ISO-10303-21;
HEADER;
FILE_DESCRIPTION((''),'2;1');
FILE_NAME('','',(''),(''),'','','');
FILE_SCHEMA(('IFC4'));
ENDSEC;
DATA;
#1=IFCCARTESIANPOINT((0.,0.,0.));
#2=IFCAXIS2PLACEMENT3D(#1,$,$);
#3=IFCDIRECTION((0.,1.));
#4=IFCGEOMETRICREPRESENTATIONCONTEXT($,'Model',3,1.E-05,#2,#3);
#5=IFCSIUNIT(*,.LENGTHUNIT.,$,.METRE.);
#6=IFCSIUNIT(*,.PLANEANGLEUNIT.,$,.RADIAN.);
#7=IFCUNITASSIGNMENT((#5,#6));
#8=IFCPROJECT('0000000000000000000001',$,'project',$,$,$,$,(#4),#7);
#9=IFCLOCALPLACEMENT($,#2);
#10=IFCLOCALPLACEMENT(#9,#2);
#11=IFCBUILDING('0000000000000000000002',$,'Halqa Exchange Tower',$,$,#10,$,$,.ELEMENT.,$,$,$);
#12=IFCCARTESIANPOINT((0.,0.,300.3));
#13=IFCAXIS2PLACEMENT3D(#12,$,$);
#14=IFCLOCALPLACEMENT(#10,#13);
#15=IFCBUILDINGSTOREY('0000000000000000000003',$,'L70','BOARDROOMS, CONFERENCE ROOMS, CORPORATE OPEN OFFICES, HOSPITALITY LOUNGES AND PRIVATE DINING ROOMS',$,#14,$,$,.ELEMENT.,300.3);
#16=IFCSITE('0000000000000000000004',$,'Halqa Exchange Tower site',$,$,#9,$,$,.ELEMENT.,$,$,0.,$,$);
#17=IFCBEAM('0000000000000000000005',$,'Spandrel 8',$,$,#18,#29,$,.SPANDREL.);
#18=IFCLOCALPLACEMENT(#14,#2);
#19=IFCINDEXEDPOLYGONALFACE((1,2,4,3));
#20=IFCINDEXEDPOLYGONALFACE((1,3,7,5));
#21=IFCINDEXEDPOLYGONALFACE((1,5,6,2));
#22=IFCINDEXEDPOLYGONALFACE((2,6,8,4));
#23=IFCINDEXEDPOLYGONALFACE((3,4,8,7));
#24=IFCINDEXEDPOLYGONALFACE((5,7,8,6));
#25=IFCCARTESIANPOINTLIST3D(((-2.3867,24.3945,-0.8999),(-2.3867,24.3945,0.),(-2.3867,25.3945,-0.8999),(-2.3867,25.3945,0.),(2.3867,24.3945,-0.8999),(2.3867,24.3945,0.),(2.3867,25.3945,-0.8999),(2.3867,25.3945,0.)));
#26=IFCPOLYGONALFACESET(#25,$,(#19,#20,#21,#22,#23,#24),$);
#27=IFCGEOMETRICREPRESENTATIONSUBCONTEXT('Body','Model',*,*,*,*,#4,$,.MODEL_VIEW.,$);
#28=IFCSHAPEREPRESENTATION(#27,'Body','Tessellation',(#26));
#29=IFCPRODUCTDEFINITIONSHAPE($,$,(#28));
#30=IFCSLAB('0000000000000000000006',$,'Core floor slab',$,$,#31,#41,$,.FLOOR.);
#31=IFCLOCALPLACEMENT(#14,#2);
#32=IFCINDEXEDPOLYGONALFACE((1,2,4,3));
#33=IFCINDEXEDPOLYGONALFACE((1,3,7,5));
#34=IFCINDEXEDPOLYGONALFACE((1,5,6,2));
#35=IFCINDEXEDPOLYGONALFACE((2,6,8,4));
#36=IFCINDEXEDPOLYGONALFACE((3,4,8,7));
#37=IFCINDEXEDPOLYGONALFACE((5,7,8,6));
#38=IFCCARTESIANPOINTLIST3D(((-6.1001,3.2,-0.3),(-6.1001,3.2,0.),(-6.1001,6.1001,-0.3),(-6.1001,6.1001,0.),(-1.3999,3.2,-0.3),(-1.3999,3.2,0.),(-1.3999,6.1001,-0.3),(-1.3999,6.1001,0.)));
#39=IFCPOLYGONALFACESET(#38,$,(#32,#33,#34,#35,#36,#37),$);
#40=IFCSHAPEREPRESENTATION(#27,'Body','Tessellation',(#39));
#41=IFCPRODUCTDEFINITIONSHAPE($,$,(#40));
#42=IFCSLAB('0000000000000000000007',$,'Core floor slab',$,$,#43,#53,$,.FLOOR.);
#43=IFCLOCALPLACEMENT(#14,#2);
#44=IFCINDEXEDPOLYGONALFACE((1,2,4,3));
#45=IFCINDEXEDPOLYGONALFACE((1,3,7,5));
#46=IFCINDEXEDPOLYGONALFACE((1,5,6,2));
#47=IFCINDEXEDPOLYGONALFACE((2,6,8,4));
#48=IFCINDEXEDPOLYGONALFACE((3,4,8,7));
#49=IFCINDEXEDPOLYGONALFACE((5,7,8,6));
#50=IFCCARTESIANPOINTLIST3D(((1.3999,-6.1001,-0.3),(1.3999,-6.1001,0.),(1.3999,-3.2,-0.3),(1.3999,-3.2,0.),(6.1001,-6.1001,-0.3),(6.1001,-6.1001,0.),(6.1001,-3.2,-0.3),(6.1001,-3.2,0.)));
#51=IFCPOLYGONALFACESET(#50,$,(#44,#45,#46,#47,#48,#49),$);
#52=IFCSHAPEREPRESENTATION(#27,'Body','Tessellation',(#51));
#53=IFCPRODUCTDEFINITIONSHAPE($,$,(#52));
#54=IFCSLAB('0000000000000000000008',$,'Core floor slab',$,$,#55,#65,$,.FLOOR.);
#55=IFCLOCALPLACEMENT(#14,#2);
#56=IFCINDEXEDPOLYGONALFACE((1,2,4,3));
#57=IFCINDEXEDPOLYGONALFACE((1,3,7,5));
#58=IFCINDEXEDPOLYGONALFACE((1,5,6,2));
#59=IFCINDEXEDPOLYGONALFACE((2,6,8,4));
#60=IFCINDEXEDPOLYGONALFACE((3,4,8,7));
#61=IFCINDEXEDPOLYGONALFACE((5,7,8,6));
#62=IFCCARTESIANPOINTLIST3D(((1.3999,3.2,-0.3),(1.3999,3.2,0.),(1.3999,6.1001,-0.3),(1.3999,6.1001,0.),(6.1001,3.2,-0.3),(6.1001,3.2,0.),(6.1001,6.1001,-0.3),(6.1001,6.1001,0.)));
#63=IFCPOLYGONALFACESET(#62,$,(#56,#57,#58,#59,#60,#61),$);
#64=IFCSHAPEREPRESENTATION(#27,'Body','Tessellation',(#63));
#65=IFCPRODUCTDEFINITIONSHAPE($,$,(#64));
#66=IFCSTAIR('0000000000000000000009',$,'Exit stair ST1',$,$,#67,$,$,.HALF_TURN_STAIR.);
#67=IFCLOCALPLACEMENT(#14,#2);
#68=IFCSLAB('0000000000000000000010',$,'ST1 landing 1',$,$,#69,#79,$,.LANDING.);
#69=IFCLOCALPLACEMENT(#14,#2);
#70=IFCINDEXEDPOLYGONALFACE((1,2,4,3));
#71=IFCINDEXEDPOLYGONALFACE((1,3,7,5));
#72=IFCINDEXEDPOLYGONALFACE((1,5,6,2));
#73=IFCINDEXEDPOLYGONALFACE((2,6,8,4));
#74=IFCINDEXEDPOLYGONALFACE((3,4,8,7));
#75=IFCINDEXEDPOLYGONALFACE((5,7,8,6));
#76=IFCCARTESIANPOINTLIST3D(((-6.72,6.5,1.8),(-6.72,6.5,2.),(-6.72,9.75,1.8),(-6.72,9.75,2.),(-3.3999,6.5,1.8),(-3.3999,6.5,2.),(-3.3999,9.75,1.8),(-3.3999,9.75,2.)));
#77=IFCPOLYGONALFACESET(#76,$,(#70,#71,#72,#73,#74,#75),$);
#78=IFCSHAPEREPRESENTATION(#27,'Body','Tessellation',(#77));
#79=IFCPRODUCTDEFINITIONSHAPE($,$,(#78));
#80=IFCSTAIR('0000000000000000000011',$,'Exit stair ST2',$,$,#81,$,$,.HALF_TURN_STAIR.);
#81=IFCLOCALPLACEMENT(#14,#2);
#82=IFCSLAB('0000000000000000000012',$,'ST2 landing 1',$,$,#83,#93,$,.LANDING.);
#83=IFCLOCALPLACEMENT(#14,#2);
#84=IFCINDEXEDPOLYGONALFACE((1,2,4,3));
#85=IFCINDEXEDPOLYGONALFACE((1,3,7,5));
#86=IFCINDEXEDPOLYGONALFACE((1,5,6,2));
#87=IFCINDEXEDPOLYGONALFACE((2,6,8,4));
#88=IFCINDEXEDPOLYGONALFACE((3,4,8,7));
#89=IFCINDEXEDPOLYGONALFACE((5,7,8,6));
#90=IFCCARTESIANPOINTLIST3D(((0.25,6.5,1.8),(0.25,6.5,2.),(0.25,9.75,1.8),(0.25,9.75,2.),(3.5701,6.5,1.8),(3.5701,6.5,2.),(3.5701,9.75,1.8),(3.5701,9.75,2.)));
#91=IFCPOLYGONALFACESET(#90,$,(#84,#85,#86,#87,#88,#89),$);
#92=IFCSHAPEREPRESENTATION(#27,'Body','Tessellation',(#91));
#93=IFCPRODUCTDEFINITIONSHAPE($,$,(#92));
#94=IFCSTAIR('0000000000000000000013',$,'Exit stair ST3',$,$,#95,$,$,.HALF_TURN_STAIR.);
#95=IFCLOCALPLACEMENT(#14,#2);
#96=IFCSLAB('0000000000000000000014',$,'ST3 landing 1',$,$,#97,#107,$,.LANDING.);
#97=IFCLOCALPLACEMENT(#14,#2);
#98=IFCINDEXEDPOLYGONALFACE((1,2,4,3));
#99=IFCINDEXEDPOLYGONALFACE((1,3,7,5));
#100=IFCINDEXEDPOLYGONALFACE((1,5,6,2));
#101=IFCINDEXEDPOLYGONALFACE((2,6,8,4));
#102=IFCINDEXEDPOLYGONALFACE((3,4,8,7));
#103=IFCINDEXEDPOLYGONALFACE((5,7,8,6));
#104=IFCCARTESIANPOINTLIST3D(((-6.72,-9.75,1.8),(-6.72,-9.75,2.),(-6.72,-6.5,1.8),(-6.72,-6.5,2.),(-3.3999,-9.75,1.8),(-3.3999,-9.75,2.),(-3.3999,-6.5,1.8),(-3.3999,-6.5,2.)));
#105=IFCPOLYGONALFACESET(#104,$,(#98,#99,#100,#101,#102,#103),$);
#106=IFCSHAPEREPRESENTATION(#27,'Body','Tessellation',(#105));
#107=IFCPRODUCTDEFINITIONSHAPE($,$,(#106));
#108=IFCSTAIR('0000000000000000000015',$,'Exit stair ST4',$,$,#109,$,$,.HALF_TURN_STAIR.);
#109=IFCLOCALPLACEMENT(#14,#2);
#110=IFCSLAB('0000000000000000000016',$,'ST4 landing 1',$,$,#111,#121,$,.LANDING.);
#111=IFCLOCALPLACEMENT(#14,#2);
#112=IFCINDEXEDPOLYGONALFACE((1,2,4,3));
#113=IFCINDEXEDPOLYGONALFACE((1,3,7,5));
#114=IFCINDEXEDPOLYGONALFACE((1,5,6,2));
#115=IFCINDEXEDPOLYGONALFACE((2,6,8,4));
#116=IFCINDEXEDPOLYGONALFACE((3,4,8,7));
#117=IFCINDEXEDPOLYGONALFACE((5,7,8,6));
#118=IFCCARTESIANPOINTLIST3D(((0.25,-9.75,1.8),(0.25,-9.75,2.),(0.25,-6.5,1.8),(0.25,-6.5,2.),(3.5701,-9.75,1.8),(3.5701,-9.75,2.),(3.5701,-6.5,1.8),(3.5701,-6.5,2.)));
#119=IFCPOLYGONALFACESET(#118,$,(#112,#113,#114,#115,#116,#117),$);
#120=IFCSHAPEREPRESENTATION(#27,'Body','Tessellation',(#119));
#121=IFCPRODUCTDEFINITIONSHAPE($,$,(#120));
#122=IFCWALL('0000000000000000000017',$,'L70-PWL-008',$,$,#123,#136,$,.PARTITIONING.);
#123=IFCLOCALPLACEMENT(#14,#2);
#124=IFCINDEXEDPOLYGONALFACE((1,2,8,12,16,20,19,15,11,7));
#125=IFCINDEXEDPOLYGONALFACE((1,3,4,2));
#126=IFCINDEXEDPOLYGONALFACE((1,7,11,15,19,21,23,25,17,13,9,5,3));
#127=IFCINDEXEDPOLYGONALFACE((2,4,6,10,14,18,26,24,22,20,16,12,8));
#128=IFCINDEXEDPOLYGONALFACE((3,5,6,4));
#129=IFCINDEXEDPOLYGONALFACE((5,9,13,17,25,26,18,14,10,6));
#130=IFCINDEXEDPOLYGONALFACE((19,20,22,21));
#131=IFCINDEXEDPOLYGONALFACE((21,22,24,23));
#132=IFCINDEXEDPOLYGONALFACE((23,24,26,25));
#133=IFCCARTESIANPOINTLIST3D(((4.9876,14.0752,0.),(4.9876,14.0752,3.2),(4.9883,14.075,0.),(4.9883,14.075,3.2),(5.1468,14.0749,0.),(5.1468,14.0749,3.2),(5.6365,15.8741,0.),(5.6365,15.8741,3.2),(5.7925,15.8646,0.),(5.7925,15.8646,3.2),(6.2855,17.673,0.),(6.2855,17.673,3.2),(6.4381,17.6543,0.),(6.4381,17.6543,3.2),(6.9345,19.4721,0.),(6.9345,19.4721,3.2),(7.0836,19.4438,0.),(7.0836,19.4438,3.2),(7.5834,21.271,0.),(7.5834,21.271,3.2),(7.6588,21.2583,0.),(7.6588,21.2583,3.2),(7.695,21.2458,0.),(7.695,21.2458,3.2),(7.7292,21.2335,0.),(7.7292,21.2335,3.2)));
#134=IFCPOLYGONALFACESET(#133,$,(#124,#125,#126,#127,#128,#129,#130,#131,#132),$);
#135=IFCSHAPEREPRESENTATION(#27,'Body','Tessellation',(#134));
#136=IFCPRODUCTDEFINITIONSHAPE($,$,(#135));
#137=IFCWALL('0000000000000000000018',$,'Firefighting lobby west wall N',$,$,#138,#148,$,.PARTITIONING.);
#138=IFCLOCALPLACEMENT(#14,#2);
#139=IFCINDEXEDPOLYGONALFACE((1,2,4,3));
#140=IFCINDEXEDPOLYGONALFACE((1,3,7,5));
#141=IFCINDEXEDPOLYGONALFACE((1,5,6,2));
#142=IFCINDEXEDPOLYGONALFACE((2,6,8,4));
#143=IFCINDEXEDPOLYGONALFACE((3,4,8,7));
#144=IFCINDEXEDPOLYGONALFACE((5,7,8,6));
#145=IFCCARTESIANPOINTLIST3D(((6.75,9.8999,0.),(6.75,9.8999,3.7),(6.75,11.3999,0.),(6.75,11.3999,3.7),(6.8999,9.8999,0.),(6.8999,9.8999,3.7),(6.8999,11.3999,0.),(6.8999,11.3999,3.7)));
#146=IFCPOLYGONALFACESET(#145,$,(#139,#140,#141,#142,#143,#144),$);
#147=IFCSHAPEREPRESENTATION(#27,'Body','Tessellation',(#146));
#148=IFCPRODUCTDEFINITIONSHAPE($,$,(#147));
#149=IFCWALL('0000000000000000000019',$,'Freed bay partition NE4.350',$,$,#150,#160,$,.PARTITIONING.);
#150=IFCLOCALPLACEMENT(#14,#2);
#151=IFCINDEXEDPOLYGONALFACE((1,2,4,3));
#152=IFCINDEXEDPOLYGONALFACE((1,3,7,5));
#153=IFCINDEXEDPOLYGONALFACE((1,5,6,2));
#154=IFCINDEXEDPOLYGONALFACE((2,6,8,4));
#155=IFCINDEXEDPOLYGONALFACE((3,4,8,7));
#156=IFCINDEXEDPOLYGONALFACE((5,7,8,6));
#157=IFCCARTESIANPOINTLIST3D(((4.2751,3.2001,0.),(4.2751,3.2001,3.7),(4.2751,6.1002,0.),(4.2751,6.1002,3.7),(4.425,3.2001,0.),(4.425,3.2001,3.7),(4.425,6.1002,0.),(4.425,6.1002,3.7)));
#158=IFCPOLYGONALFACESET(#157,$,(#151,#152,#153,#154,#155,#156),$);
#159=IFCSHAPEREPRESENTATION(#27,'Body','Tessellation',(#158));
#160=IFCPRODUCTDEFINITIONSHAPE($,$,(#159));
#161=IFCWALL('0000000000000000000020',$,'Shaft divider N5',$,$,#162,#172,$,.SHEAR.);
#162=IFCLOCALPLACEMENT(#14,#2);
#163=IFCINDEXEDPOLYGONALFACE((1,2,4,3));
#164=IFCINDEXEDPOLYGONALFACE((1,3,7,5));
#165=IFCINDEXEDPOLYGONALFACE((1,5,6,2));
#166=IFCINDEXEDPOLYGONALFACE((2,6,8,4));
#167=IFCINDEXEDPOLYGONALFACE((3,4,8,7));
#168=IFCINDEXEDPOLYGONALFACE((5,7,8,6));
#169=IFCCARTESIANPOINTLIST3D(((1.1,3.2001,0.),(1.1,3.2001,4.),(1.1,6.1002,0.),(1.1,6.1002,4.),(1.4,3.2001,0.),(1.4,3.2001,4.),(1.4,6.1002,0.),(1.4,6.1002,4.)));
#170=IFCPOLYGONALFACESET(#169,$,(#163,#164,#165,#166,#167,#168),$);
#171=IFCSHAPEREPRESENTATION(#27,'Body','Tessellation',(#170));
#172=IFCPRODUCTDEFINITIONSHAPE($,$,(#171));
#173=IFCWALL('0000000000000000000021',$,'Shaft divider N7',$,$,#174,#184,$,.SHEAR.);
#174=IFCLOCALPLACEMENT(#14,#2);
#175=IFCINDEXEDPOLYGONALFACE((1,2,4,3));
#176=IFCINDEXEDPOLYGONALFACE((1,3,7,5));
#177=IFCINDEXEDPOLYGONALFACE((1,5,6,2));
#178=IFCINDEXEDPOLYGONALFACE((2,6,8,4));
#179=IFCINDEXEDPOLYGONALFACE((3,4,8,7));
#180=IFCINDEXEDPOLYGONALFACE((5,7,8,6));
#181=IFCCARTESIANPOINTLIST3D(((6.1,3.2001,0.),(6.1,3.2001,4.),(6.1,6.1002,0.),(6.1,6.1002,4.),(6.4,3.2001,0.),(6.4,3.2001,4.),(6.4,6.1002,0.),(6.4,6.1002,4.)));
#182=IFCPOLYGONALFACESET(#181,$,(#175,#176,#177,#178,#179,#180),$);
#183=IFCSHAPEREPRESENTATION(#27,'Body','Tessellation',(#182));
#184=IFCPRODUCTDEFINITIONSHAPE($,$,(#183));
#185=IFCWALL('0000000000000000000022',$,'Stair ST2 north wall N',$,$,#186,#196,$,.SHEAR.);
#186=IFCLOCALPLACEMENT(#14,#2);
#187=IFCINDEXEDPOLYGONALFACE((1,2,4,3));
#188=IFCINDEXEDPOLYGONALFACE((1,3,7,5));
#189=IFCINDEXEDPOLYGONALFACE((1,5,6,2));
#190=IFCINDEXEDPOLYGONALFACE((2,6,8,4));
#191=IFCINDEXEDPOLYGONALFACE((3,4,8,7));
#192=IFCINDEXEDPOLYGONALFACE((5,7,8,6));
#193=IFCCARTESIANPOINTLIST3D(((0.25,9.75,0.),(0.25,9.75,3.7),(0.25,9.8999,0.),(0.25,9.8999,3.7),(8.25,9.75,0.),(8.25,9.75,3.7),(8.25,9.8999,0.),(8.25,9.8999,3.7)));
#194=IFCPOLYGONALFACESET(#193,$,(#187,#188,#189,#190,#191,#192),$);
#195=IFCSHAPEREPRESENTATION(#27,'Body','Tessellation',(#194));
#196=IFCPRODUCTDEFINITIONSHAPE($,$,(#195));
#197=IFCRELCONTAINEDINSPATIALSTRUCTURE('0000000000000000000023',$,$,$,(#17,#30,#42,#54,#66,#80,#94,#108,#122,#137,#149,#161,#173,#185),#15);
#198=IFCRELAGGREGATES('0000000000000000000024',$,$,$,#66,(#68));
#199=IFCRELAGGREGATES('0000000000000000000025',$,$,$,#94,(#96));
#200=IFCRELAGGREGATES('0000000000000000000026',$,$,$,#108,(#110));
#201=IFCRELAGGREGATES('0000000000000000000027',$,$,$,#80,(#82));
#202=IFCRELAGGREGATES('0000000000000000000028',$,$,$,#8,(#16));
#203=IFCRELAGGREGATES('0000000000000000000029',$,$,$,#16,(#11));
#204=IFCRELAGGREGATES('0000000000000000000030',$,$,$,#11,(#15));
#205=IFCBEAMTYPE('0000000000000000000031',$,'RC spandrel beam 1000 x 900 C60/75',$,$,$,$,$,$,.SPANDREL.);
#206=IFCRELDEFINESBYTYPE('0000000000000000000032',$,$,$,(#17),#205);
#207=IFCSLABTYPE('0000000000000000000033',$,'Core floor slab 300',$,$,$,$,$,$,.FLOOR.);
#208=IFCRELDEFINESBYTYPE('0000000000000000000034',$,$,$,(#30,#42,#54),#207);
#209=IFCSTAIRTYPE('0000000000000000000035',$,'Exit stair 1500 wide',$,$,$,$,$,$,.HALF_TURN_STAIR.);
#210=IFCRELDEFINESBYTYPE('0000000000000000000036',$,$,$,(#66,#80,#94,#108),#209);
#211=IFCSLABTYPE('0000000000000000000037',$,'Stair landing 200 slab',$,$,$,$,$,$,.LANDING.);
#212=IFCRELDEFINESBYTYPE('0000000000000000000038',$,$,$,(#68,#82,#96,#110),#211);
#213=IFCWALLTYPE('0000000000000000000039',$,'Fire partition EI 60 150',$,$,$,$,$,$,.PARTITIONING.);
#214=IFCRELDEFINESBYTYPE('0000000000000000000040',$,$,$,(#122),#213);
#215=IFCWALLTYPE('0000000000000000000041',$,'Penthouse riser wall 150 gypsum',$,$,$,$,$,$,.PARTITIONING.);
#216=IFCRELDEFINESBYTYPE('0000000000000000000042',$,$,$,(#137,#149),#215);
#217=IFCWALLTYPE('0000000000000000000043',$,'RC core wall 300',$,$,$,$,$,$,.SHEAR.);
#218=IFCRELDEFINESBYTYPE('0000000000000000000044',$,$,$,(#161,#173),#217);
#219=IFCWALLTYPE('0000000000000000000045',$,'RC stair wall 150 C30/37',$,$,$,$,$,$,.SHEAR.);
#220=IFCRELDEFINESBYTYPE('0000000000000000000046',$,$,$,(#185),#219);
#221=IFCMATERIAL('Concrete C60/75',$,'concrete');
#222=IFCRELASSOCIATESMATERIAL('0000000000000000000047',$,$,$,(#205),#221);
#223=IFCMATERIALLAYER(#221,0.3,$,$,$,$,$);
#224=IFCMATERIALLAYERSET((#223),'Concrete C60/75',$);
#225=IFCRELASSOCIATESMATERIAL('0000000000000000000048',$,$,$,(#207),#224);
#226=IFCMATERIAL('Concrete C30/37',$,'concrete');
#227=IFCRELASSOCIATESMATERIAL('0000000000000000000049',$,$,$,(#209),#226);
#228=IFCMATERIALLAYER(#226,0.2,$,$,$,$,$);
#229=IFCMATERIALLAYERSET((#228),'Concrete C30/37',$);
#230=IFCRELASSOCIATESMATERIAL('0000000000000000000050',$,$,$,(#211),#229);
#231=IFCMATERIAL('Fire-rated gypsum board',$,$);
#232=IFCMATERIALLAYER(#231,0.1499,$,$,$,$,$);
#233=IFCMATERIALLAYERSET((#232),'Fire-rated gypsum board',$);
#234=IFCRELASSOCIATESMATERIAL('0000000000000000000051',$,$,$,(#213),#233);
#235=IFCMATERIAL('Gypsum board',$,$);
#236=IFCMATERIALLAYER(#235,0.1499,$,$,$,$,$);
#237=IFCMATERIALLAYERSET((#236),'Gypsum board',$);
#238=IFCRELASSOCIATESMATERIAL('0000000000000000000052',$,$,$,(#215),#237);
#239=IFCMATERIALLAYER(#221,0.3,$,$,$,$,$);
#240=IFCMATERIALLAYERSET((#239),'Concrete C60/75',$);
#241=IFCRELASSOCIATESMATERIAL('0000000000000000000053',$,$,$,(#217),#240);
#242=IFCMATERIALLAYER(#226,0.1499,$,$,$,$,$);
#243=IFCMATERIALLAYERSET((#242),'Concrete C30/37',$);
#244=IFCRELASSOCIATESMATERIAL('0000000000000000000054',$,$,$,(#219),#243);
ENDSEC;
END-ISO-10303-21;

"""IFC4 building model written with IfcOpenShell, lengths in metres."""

from ifc_helpers import new_model, si_unit, direction, frame, frame_2d, origin, origin_2d, place, context, subcontext, project, spatial, polyline, rectangle, outline, extrude, material, layer, layer_set, material_profile, profile_set, type_object, element, aggregate, save


model = new_model("IFC4")

# Units and contexts
model_context = context("Model", 3, precision=1e-05, world=origin(), true_north=direction((0.0, 1.0)))
body_context = subcontext(model_context, "Body", "Model", "MODEL_VIEW")
ifc_project = project(units=[si_unit("LENGTHUNIT", "METRE"), si_unit("PLANEANGLEUNIT", "RADIAN")], contexts=[model_context])

# Site, building, storey
site_placement = place(None, origin())
site = spatial("IfcSite", under=ifc_project, at=site_placement, Name="Halqa Exchange Tower site", CompositionType="ELEMENT", RefElevation=0.0)
building_placement = place(site_placement, origin())
building = spatial("IfcBuilding", under=site, at=building_placement, Name="Halqa Exchange Tower", CompositionType="ELEMENT")
storey_placement = place(building_placement, frame((0.0, 0.0, 300.3)))
storey = spatial("IfcBuildingStorey", under=building, at=storey_placement, Name="L70", Description="BOARDROOMS, CONFERENCE ROOMS, CORPORATE OPEN OFFICES, HOSPITALITY LOUNGES AND PRIVATE DINING ROOMS", CompositionType="ELEMENT", Elevation=300.3)

# Beam
ifc_material_1 = material(Name="Concrete C60/75", Category="concrete")
ifc_material_profile_1 = material_profile(ifc_material_1, rectangle(XDim=1.0, YDim=0.8999, at=origin_2d()), Name="1000 x 900")
ifc_profile_set_1 = profile_set([ifc_material_profile_1], Name="Concrete C60/75")
beam_type_1 = type_object("IfcBeamType", Name="RC spandrel beam 1000 x 900 C60/75", PredefinedType="SPANDREL", material=ifc_profile_set_1)
beam_1_placement = place(storey_placement, frame((2.3867, 24.8945, -0.45), z_axis=(-1.0, 0.0, 0.0), x_axis=(0.0, -1.0, 0.0)))
element("IfcBeam", 1, at=beam_1_placement, inside=storey, type_object=beam_type_1, Name="Spandrel 8", PredefinedType="SPANDREL", context=body_context, shape_type="SweptSolid", body=[
    extrude(rectangle(XDim=1.0, YDim=0.8999, at=origin_2d()), origin(), (0.0, 0.0, 1.0), 4.7734),
])

# Slabs
ifc_layer_1 = layer(ifc_material_1, 0.3)
ifc_layer_set_1 = layer_set([ifc_layer_1], Name="Concrete C60/75")
slab_type_1 = type_object("IfcSlabType", Name="Core floor slab 300", PredefinedType="FLOOR", material=ifc_layer_set_1)
slab_1_placement = place(storey_placement, frame((0.0, 0.0, -0.3)))
element("IfcSlab", 2, at=slab_1_placement, inside=storey, type_object=slab_type_1, Name="Core floor slab", PredefinedType="FLOOR", context=body_context, shape_type="SweptSolid", body=[
    extrude(outline(polyline([(-1.3999, 3.2), (-6.1001, 3.2), (-6.1001, 6.1001), (-1.3999, 6.1001), (-1.3999, 3.2)])), origin(), (0.0, 0.0, 1.0), 0.3),
])
slab_2_placement = place(storey_placement, frame((0.0, 0.0, -0.3)))
element("IfcSlab", 3, at=slab_2_placement, inside=storey, type_object=slab_type_1, Name="Core floor slab", PredefinedType="FLOOR", context=body_context, shape_type="SweptSolid", body=[
    extrude(outline(polyline([(6.1001, -3.2), (6.1001, -6.1001), (1.3999, -6.1001), (1.3999, -3.2), (6.1001, -3.2)])), origin(), (0.0, 0.0, 1.0), 0.3),
])
slab_3_placement = place(storey_placement, frame((0.0, 0.0, -0.3)))
element("IfcSlab", 4, at=slab_3_placement, inside=storey, type_object=slab_type_1, Name="Core floor slab", PredefinedType="FLOOR", context=body_context, shape_type="SweptSolid", body=[
    extrude(outline(polyline([(6.1001, 6.1001), (6.1001, 3.2), (1.3999, 3.2), (1.3999, 6.1001), (6.1001, 6.1001)])), origin(), (0.0, 0.0, 1.0), 0.3),
])

# Stairs, slabs
ifc_material_2 = material(Name="Concrete C30/37", Category="concrete")
stair_type = type_object("IfcStairType", Name="Exit stair 1500 wide", PredefinedType="HALF_TURN_STAIR", material=ifc_material_2)
stair_1_placement = place(storey_placement, origin())
stair_1 = element("IfcStair", 5, at=stair_1_placement, inside=storey, type_object=stair_type, Name="Exit stair ST1", PredefinedType="HALF_TURN_STAIR")
ifc_layer_2 = layer(ifc_material_2, 0.2)
ifc_layer_set_2 = layer_set([ifc_layer_2], Name="Concrete C30/37")
slab_type_2 = type_object("IfcSlabType", Name="Stair landing 200 slab", PredefinedType="LANDING", material=ifc_layer_set_2)
slab_4_placement = place(storey_placement, frame((0.0, 0.0, 1.8)))
slab_4 = element("IfcSlab", 6, at=slab_4_placement, type_object=slab_type_2, Name="ST1 landing 1", PredefinedType="LANDING", context=body_context, shape_type="SweptSolid", body=[
    extrude(outline(polyline([(-6.72, 6.5), (-3.3999, 6.5), (-3.3999, 9.75), (-6.72, 9.75), (-6.72, 6.5)])), origin(), (0.0, 0.0, 1.0), 0.2),
])
aggregate(stair_1, [slab_4])
stair_2_placement = place(storey_placement, origin())
stair_2 = element("IfcStair", 7, at=stair_2_placement, inside=storey, type_object=stair_type, Name="Exit stair ST2", PredefinedType="HALF_TURN_STAIR")
slab_5_placement = place(storey_placement, frame((0.0, 0.0, 1.8)))
slab_5 = element("IfcSlab", 8, at=slab_5_placement, type_object=slab_type_2, Name="ST2 landing 1", PredefinedType="LANDING", context=body_context, shape_type="SweptSolid", body=[
    extrude(outline(polyline([(0.25, 6.5), (3.5701, 6.5), (3.5701, 9.75), (0.25, 9.75), (0.25, 6.5)])), origin(), (0.0, 0.0, 1.0), 0.2),
])
stair_3_placement = place(storey_placement, origin())
stair_3 = element("IfcStair", 9, at=stair_3_placement, inside=storey, type_object=stair_type, Name="Exit stair ST3", PredefinedType="HALF_TURN_STAIR")
slab_6_placement = place(storey_placement, frame((0.0, 0.0, 1.8)))
slab_6 = element("IfcSlab", 10, at=slab_6_placement, type_object=slab_type_2, Name="ST3 landing 1", PredefinedType="LANDING", context=body_context, shape_type="SweptSolid", body=[
    extrude(outline(polyline([(-6.72, -9.75), (-3.3999, -9.75), (-3.3999, -6.5), (-6.72, -6.5), (-6.72, -9.75)])), origin(), (0.0, 0.0, 1.0), 0.2),
])
aggregate(stair_3, [slab_6])
stair_4_placement = place(storey_placement, origin())
stair_4 = element("IfcStair", 11, at=stair_4_placement, inside=storey, type_object=stair_type, Name="Exit stair ST4", PredefinedType="HALF_TURN_STAIR")
slab_7_placement = place(storey_placement, frame((0.0, 0.0, 1.8)))
slab_7 = element("IfcSlab", 12, at=slab_7_placement, type_object=slab_type_2, Name="ST4 landing 1", PredefinedType="LANDING", context=body_context, shape_type="SweptSolid", body=[
    extrude(outline(polyline([(0.25, -9.75), (3.5701, -9.75), (3.5701, -6.5), (0.25, -6.5), (0.25, -9.75)])), origin(), (0.0, 0.0, 1.0), 0.2),
])
aggregate(stair_4, [slab_7])

# Walls
ifc_material_3 = material(Name="Fire-rated gypsum board")
ifc_layer_3 = layer(ifc_material_3, 0.1499)
ifc_layer_set_3 = layer_set([ifc_layer_3], Name="Fire-rated gypsum board")
wall_type_1 = type_object("IfcWallType", Name="Fire partition EI 60 150", PredefinedType="PARTITIONING", material=ifc_layer_set_3)
wall_1_placement = place(storey_placement, frame((5.0581, 14.0498, 0.0), z_axis=(0.0, 0.0, 1.0), x_axis=(0.339338, 0.940665, 0.0)))
element("IfcWall", 13, at=wall_1_placement, inside=storey, type_object=wall_type_1, Name="L70-PWL-008", PredefinedType="PARTITIONING", context=body_context, shape_type="SweptSolid", body=[
    extrude(outline(polyline([(7.6638, -0.075), (7.6638, -0.0386), (7.6633, -0.0002), (7.6497, 0.075), (5.7373, 0.075), (3.8247, 0.075), (1.9124, 0.075), (0.0, 0.075), (0.0, 0.0742), (0.0537, -0.075), (1.9563, -0.075), (3.8589, -0.075), (5.7612, -0.075), (7.6638, -0.075)])), origin(), (0.0, 0.0, 1.0), 3.2),
])
ifc_material_4 = material(Name="Gypsum board")
ifc_layer_4 = layer(ifc_material_4, 0.1499)
ifc_layer_set_4 = layer_set([ifc_layer_4], Name="Gypsum board")
wall_type_2 = type_object("IfcWallType", Name="Penthouse riser wall 150 gypsum", PredefinedType="PARTITIONING", material=ifc_layer_set_4)
wall_2_placement = place(storey_placement, frame((6.825, 9.8999, 0.0), z_axis=(0.0, 0.0, 1.0), x_axis=(0.0, 1.0, 0.0)))
element("IfcWall", 14, at=wall_2_placement, inside=storey, type_object=wall_type_2, Name="Firefighting lobby west wall N", PredefinedType="PARTITIONING", context=body_context, shape_type="SweptSolid", body=[
    extrude(rectangle(XDim=1.5, YDim=0.1499, at=frame_2d((0.75, 0.0))), origin(), (0.0, 0.0, 1.0), 3.7),
])
wall_3_placement = place(storey_placement, frame((4.3501, 3.2, 0.0), z_axis=(0.0, 0.0, 1.0), x_axis=(0.0, 1.0, 0.0)))
element("IfcWall", 15, at=wall_3_placement, inside=storey, type_object=wall_type_2, Name="Freed bay partition NE4.350", PredefinedType="PARTITIONING", context=body_context, shape_type="SweptSolid", body=[
    extrude(rectangle(XDim=2.9001, YDim=0.1499, at=frame_2d((1.4502, 0.0))), origin(), (0.0, 0.0, 1.0), 3.7),
])
ifc_layer_5 = layer(ifc_material_1, 0.3)
ifc_layer_set_5 = layer_set([ifc_layer_5], Name="Concrete C60/75")
wall_type_3 = type_object("IfcWallType", Name="RC core wall 300", PredefinedType="SHEAR", material=ifc_layer_set_5)
for number, where, z_axis, x_axis, name in (
    (16, (1.25, 3.2, 0.0), (0.0, 0.0, 1.0), (0.0, 1.0, 0.0), "Shaft divider N5"),
    (17, (6.25, 3.2, 0.0), (0.0, 0.0, 1.0), (0.0, 1.0, 0.0), "Shaft divider N7"),
):
    element("IfcWall", number, at=place(storey_placement, frame(where, z_axis=z_axis, x_axis=x_axis)), inside=storey, type_object=wall_type_3, Name=name, PredefinedType="SHEAR", context=body_context, shape_type="SweptSolid", body=[
        extrude(rectangle(XDim=2.9001, YDim=0.3, at=frame_2d((1.4502, 0.0))), origin(), (0.0, 0.0, 1.0), 4.0),
    ])
ifc_layer_6 = layer(ifc_material_2, 0.1499)
ifc_layer_set_6 = layer_set([ifc_layer_6], Name="Concrete C30/37")
wall_type_4 = type_object("IfcWallType", Name="RC stair wall 150 C30/37", PredefinedType="SHEAR", material=ifc_layer_set_6)
wall_4_placement = place(storey_placement, frame((0.25, 9.825, 0.0), z_axis=(0.0, 0.0, 1.0), x_axis=(1.0, 0.0, 0.0)))
element("IfcWall", 18, at=wall_4_placement, inside=storey, type_object=wall_type_4, Name="Stair ST2 north wall N", PredefinedType="SHEAR", context=body_context, shape_type="SweptSolid", body=[
    extrude(rectangle(XDim=8.0, YDim=0.1499, at=frame_2d((4.0, 0.0))), origin(), (0.0, 0.0, 1.0), 3.7),
])

aggregate(stair_2, [slab_5])

save(model, "model.ifc")
